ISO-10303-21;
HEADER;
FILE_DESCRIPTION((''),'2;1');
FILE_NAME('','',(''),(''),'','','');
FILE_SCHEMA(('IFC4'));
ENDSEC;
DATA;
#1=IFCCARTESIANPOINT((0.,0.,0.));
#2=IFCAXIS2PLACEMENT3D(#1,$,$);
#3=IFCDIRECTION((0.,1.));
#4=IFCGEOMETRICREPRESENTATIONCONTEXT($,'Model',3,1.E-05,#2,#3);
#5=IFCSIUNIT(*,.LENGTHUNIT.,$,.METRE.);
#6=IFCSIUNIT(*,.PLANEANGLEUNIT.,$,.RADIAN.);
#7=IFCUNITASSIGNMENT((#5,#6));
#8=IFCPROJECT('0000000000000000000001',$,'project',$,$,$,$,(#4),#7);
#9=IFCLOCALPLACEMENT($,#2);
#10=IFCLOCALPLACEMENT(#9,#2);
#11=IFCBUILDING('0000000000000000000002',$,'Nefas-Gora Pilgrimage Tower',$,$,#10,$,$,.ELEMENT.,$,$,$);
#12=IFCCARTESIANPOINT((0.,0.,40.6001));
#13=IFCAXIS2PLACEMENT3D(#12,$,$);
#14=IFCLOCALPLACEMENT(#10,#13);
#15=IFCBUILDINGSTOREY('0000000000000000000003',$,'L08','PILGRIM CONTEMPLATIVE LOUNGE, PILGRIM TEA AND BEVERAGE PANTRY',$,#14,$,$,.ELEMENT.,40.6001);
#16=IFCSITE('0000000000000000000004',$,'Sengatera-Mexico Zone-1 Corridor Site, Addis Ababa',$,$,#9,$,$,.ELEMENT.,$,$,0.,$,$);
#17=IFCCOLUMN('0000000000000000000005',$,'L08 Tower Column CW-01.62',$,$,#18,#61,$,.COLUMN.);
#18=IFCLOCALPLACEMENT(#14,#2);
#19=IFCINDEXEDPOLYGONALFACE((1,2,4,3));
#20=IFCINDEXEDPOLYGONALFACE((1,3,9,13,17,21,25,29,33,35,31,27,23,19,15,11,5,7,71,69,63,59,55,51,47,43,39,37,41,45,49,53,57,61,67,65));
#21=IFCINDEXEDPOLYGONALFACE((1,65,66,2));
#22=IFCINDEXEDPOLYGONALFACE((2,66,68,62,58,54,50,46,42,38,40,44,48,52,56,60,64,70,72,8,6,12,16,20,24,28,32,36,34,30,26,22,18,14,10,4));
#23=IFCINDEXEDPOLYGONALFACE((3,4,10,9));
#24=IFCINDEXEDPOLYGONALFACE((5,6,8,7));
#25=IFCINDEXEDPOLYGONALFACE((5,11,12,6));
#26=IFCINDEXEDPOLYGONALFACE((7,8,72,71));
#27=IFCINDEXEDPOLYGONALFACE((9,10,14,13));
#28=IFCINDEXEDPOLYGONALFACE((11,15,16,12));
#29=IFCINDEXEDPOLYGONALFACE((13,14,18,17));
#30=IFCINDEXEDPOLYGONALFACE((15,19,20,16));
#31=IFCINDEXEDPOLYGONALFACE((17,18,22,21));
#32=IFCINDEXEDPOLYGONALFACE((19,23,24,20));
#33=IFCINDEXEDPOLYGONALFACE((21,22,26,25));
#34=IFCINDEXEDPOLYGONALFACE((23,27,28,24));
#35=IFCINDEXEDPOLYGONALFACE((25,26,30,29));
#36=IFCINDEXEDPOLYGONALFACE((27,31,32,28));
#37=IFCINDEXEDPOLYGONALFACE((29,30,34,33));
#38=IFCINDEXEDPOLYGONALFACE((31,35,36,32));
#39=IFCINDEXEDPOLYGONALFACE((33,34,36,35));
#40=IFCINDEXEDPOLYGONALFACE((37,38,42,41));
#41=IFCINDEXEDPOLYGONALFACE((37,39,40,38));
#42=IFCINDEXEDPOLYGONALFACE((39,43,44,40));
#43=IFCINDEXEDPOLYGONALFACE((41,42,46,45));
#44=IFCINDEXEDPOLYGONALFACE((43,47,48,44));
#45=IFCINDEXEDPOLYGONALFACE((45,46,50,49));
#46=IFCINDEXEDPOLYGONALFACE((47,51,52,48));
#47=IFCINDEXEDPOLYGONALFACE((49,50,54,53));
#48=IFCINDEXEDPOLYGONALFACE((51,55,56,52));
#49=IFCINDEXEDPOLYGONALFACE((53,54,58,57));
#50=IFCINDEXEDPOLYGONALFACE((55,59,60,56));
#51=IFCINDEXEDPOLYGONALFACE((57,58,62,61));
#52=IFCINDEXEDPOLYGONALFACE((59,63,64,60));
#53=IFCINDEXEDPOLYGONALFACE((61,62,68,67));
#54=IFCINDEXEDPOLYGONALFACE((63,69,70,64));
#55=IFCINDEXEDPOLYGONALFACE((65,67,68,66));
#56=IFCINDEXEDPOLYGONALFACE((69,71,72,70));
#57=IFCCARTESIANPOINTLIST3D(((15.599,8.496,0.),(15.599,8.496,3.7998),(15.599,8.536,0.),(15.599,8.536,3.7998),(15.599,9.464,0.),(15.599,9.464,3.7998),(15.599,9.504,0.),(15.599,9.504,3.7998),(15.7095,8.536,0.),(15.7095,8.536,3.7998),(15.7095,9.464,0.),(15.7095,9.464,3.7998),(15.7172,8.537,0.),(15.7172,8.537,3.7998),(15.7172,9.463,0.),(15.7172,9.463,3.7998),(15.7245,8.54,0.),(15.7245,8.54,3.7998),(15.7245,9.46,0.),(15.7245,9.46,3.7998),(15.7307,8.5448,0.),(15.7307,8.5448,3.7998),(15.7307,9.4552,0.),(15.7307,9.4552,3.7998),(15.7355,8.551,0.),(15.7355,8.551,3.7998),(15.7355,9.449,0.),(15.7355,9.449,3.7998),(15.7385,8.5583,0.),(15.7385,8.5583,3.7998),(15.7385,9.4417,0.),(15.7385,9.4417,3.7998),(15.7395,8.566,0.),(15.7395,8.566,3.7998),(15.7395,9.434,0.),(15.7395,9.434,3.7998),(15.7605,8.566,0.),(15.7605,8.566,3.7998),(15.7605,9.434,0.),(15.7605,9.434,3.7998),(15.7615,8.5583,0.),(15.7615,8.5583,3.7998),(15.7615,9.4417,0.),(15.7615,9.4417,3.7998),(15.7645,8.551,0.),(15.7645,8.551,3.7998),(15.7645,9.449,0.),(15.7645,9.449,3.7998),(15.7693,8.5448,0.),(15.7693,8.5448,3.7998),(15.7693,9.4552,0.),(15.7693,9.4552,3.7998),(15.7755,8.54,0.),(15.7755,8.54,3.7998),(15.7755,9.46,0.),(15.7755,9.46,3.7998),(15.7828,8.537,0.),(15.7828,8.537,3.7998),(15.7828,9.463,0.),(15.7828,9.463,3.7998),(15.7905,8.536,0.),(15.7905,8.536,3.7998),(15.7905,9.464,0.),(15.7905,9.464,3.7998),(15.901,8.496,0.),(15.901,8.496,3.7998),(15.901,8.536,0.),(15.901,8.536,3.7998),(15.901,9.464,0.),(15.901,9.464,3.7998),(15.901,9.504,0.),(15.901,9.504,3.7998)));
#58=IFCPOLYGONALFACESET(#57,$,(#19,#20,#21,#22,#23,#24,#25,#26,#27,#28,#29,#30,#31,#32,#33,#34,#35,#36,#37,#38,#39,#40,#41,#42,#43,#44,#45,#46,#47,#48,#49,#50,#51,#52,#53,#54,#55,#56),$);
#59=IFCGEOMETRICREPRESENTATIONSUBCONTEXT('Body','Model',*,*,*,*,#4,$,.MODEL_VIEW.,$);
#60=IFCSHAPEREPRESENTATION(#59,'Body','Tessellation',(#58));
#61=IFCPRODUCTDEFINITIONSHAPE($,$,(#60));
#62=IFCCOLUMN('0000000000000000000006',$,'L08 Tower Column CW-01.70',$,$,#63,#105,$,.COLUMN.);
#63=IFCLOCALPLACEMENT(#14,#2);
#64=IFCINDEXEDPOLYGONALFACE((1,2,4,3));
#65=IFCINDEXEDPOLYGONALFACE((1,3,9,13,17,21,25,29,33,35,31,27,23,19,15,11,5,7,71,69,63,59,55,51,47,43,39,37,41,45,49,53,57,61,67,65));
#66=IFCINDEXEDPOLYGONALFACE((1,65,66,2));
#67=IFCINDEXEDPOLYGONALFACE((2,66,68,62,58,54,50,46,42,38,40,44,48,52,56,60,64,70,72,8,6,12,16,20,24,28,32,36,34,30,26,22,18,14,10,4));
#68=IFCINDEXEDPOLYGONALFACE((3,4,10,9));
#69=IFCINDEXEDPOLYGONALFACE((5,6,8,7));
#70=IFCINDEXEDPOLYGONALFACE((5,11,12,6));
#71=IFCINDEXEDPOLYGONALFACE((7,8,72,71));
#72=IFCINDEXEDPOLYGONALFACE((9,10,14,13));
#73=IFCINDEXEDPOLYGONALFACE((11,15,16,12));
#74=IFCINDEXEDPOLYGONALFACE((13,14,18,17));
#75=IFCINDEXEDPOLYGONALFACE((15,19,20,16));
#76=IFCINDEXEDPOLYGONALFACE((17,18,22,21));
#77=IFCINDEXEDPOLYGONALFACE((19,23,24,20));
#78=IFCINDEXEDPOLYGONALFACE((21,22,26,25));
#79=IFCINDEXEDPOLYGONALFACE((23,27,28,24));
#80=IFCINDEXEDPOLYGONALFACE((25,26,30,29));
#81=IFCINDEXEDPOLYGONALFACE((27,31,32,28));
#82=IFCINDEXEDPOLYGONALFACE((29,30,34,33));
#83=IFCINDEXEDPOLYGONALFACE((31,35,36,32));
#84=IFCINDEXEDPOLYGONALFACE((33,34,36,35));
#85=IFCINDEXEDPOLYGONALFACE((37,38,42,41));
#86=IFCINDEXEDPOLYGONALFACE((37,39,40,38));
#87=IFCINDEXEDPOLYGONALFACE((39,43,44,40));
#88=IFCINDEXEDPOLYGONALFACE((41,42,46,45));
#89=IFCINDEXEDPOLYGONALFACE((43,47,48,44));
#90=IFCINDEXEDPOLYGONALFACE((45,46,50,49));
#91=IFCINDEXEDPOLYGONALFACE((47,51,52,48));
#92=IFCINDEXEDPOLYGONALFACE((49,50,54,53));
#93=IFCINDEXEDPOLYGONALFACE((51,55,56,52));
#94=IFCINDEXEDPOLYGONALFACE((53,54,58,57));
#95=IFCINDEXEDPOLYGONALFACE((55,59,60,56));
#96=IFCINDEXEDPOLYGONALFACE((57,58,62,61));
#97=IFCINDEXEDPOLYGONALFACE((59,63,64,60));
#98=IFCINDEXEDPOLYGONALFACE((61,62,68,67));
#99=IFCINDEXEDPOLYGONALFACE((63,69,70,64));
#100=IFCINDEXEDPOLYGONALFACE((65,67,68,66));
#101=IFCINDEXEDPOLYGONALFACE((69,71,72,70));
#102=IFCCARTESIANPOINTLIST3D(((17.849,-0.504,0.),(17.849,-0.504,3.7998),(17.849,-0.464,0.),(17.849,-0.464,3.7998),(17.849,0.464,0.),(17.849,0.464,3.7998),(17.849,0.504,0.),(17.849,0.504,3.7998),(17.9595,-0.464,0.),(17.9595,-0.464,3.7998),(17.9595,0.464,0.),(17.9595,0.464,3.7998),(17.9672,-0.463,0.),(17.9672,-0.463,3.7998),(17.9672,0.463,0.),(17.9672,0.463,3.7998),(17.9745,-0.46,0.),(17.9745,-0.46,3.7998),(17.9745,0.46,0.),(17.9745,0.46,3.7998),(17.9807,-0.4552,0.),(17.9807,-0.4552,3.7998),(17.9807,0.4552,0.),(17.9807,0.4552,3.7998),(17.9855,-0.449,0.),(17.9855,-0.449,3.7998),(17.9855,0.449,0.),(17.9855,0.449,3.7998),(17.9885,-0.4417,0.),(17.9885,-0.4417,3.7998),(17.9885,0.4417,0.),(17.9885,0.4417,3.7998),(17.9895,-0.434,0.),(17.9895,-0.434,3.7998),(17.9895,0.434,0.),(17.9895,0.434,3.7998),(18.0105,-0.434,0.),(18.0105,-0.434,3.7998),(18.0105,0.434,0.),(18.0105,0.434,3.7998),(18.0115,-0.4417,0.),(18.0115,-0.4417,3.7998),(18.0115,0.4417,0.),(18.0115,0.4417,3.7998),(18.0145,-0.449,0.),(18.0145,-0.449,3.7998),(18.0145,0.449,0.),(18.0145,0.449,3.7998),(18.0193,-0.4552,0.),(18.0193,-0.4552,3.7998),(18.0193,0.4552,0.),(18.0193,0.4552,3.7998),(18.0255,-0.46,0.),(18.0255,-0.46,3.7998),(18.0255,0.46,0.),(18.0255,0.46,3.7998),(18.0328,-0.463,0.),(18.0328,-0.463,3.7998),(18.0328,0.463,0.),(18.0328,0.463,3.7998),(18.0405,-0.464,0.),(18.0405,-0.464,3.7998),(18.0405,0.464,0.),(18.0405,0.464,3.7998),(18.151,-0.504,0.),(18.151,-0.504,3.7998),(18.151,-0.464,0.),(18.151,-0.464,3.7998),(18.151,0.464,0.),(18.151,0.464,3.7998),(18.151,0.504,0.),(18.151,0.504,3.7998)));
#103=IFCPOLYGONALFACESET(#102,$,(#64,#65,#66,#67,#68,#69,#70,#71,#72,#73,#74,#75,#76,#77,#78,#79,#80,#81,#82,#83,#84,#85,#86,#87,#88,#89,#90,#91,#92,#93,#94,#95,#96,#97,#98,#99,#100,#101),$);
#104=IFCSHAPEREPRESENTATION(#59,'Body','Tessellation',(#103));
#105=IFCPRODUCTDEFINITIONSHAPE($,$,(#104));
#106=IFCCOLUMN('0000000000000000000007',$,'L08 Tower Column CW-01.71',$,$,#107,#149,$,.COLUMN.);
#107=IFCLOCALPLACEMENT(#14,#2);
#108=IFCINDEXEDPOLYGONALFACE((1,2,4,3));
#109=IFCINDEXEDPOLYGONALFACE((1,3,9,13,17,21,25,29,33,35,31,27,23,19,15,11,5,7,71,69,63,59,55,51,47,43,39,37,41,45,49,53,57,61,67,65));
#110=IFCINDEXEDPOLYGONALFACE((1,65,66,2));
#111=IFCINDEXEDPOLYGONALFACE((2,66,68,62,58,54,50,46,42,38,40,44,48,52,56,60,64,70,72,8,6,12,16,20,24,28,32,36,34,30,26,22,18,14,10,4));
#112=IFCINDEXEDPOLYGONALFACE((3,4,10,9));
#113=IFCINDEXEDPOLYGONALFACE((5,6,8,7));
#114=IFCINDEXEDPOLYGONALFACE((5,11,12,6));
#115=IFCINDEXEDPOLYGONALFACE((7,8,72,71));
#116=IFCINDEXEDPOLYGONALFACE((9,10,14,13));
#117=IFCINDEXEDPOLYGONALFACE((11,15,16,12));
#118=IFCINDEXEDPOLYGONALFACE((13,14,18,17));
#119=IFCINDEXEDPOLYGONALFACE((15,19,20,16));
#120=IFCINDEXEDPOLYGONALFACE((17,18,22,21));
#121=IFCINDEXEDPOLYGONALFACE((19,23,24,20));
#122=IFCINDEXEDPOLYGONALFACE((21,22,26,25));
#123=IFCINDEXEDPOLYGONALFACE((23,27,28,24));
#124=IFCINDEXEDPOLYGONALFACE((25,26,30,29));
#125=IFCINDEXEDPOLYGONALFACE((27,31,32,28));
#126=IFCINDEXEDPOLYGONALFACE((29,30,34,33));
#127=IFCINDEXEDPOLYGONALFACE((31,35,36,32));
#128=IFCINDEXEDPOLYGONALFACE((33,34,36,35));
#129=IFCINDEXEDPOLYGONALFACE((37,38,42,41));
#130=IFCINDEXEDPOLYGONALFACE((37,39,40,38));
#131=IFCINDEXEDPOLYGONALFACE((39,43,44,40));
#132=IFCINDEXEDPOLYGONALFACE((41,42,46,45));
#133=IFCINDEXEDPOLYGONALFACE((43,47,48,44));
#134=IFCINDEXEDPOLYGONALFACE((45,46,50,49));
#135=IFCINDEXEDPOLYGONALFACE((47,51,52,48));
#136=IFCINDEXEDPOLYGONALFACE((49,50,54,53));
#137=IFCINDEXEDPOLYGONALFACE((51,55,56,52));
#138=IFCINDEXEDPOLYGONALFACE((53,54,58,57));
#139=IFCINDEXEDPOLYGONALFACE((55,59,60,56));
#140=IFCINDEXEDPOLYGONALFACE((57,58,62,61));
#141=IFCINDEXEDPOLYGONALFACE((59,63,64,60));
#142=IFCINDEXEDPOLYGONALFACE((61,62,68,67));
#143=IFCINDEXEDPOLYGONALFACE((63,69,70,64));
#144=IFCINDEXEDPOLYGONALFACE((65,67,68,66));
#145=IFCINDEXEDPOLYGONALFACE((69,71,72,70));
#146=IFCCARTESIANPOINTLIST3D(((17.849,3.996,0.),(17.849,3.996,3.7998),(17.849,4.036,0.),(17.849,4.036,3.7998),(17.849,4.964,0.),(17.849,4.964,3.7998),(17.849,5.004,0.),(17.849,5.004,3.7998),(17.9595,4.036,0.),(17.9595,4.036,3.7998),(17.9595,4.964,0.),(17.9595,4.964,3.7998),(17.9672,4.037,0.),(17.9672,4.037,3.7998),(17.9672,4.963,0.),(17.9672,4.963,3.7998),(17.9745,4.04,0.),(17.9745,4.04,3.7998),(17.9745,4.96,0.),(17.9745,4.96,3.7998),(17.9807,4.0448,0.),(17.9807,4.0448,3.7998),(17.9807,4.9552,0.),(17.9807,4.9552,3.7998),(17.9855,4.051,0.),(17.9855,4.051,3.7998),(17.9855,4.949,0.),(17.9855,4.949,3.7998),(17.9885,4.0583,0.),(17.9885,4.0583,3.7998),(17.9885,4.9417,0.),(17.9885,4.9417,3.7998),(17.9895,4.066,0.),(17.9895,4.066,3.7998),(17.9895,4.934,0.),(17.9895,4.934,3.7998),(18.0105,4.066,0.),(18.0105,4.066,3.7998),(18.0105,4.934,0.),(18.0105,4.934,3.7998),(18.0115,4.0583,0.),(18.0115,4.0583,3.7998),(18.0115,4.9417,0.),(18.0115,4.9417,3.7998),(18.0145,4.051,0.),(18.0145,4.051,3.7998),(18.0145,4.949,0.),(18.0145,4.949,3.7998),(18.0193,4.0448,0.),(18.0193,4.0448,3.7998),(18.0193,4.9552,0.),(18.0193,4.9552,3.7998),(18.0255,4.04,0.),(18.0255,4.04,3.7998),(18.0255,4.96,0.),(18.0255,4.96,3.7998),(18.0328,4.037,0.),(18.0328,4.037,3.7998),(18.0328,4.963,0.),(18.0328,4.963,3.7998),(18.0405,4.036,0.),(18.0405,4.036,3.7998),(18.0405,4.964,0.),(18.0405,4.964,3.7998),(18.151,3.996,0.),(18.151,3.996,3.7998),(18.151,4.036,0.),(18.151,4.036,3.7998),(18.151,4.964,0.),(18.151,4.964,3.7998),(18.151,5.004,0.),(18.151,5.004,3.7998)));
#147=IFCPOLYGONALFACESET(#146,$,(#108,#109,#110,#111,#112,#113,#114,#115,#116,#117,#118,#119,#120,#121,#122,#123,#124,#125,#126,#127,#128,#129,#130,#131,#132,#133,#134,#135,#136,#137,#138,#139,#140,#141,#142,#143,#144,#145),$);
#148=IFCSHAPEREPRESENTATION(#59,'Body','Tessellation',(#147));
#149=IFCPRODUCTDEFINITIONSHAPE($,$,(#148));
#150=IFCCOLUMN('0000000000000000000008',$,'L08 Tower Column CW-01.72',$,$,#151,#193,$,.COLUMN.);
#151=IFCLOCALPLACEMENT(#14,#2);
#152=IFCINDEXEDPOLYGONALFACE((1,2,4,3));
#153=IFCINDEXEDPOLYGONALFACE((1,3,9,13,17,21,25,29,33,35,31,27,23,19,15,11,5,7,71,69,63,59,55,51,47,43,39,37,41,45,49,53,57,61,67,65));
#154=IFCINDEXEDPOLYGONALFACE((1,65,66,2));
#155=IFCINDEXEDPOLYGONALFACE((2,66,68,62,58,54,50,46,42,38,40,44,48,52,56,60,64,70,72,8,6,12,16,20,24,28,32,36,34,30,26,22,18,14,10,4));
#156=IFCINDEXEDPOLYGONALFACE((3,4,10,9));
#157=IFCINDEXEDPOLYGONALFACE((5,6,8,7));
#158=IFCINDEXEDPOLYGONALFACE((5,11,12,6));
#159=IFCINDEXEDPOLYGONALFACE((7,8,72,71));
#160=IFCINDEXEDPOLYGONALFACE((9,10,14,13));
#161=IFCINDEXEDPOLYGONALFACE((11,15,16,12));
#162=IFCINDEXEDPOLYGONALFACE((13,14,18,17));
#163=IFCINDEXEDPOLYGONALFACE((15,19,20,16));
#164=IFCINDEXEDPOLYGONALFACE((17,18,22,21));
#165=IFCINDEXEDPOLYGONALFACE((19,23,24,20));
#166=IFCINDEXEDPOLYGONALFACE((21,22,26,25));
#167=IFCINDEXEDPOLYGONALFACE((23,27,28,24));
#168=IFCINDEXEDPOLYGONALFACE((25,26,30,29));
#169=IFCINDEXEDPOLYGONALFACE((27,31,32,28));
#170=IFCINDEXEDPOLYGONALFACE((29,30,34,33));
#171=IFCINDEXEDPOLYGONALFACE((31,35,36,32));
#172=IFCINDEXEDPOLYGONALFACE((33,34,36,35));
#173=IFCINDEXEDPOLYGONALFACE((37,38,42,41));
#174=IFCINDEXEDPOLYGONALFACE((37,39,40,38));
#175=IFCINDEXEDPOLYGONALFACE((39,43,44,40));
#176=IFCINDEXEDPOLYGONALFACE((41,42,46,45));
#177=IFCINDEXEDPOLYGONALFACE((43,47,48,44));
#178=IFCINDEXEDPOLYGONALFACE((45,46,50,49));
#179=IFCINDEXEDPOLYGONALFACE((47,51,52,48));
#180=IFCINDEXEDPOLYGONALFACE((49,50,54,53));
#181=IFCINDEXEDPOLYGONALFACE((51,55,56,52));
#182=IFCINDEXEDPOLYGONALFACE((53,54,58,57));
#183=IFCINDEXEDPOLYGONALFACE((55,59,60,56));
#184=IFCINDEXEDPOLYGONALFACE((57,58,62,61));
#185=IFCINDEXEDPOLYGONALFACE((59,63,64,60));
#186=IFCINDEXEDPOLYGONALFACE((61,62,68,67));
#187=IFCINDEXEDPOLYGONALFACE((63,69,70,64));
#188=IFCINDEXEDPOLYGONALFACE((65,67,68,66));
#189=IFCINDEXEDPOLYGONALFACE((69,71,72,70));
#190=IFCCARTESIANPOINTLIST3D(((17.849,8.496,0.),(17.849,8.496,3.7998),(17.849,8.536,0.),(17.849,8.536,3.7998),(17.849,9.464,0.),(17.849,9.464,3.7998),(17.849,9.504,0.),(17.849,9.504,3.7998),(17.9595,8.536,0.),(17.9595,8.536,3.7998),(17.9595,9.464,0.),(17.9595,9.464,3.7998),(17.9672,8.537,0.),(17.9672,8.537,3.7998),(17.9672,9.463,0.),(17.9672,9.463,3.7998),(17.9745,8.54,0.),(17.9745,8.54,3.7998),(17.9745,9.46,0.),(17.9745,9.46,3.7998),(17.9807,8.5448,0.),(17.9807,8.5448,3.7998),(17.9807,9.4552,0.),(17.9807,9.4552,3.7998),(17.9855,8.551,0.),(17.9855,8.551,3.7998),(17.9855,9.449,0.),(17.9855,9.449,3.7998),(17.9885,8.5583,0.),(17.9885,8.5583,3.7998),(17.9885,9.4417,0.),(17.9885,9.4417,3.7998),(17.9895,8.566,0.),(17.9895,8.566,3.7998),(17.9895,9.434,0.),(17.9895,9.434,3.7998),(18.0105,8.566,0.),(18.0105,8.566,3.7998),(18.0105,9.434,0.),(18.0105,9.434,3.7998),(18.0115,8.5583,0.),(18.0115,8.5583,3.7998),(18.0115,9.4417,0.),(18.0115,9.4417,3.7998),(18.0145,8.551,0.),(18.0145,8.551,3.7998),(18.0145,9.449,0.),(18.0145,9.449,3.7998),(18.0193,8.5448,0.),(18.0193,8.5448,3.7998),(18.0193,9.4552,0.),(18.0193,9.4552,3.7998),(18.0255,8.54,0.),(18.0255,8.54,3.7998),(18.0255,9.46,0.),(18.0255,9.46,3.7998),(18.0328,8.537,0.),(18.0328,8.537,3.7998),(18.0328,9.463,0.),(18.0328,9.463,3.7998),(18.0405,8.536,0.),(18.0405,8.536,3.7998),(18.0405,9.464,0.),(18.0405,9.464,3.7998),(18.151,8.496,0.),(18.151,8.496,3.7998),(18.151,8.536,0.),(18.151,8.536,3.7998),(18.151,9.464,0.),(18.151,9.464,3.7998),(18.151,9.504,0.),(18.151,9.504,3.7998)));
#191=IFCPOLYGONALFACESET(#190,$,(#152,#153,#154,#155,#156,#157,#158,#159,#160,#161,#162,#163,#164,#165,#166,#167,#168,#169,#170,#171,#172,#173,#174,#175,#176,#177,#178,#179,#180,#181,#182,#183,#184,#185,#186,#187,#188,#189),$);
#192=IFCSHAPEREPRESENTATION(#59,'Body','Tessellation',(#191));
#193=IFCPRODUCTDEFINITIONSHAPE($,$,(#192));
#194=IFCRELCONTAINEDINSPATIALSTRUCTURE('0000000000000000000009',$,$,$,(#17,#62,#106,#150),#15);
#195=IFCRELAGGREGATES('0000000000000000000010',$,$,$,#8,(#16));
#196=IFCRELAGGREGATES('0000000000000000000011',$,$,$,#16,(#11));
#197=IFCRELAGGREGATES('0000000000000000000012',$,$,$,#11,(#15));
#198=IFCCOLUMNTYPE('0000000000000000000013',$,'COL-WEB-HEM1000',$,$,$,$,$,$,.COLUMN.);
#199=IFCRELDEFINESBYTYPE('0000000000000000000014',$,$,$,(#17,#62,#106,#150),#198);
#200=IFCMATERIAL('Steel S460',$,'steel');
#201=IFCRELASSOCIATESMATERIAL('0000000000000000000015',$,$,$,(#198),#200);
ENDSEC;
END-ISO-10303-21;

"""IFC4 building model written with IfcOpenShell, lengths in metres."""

from ifc_helpers import new_model, si_unit, direction, frame, origin, origin_2d, place, context, subcontext, project, spatial, i_section, extrude, source, transform, mapped, material, material_profile, profile_set, type_object, element, save


model = new_model("IFC4")

# Units and contexts
model_context = context("Model", 3, precision=1e-05, world=origin(), true_north=direction((0.0, 1.0)))
body_context = subcontext(model_context, "Body", "Model", "MODEL_VIEW")
ifc_project = project(units=[si_unit("LENGTHUNIT", "METRE"), si_unit("PLANEANGLEUNIT", "RADIAN")], contexts=[model_context])

# Site, building, storey
site_placement = place(None, origin())
site = spatial("IfcSite", under=ifc_project, at=site_placement, Name="Sengatera-Mexico Zone-1 Corridor Site, Addis Ababa", CompositionType="ELEMENT", RefElevation=0.0)
building_placement = place(site_placement, origin())
building = spatial("IfcBuilding", under=site, at=building_placement, Name="Nefas-Gora Pilgrimage Tower", CompositionType="ELEMENT")
storey_placement = place(building_placement, frame((0.0, 0.0, 40.6001)))
storey = spatial("IfcBuildingStorey", under=building, at=storey_placement, Name="L08", Description="PILGRIM CONTEMPLATIVE LOUNGE, PILGRIM TEA AND BEVERAGE PANTRY", CompositionType="ELEMENT", Elevation=40.6001)

# Columns
ifc_material_1 = material(Name="Steel S460", Category="steel")
ifc_material_profile_1 = material_profile(ifc_material_1, i_section(OverallWidth=0.302, OverallDepth=1.0081, WebThickness=0.021, FlangeThickness=0.04, FilletRadius=0.03, at=origin_2d()), Name="HEM 1000")
ifc_profile_set_1 = profile_set([ifc_material_profile_1], Name="Steel S460")
column_type_1 = type_object("IfcColumnType", Name="COL-WEB-HEM1000", PredefinedType="COLUMN", material=ifc_profile_set_1)
shared_shape_1 = source(origin(), body_context, "Body", "SweptSolid", [
    extrude(i_section(OverallWidth=0.302, OverallDepth=1.0081, WebThickness=0.021, FlangeThickness=0.04, FilletRadius=0.03, at=origin_2d()), origin(), (0.0, 0.0, 1.0), 3.7998),
])
for number, where, z_axis, x_axis, name in (
    (1, (15.75, 9.0, 0.0), (0.0, 0.0, 1.0), (1.0, 0.0, 0.0), "L08 Tower Column CW-01.62"),
    (2, (18.0, 0.0, 0.0), (0.0, 0.0, 1.0), (1.0, 0.0, 0.0), "L08 Tower Column CW-01.70"),
    (3, (18.0, 4.5, 0.0), (0.0, 0.0, 1.0), (1.0, 0.0, 0.0), "L08 Tower Column CW-01.71"),
    (4, (18.0, 9.0, 0.0), (0.0, 0.0, 1.0), (1.0, 0.0, 0.0), "L08 Tower Column CW-01.72"),
):
    element("IfcColumn", number, at=place(storey_placement, frame(where, z_axis=z_axis, x_axis=x_axis)), inside=storey, type_object=column_type_1, Name=name, PredefinedType="COLUMN", context=body_context, shape_type="MappedRepresentation", body=[
        mapped(shared_shape_1, transform((0.0, 0.0, 0.0), x_axis=(1.0, 0.0, 0.0), y_axis=(0.0, 1.0, 0.0), z_axis=(0.0, 0.0, 1.0), scale=1.0)),
    ])

save(model, "model.ifc")
